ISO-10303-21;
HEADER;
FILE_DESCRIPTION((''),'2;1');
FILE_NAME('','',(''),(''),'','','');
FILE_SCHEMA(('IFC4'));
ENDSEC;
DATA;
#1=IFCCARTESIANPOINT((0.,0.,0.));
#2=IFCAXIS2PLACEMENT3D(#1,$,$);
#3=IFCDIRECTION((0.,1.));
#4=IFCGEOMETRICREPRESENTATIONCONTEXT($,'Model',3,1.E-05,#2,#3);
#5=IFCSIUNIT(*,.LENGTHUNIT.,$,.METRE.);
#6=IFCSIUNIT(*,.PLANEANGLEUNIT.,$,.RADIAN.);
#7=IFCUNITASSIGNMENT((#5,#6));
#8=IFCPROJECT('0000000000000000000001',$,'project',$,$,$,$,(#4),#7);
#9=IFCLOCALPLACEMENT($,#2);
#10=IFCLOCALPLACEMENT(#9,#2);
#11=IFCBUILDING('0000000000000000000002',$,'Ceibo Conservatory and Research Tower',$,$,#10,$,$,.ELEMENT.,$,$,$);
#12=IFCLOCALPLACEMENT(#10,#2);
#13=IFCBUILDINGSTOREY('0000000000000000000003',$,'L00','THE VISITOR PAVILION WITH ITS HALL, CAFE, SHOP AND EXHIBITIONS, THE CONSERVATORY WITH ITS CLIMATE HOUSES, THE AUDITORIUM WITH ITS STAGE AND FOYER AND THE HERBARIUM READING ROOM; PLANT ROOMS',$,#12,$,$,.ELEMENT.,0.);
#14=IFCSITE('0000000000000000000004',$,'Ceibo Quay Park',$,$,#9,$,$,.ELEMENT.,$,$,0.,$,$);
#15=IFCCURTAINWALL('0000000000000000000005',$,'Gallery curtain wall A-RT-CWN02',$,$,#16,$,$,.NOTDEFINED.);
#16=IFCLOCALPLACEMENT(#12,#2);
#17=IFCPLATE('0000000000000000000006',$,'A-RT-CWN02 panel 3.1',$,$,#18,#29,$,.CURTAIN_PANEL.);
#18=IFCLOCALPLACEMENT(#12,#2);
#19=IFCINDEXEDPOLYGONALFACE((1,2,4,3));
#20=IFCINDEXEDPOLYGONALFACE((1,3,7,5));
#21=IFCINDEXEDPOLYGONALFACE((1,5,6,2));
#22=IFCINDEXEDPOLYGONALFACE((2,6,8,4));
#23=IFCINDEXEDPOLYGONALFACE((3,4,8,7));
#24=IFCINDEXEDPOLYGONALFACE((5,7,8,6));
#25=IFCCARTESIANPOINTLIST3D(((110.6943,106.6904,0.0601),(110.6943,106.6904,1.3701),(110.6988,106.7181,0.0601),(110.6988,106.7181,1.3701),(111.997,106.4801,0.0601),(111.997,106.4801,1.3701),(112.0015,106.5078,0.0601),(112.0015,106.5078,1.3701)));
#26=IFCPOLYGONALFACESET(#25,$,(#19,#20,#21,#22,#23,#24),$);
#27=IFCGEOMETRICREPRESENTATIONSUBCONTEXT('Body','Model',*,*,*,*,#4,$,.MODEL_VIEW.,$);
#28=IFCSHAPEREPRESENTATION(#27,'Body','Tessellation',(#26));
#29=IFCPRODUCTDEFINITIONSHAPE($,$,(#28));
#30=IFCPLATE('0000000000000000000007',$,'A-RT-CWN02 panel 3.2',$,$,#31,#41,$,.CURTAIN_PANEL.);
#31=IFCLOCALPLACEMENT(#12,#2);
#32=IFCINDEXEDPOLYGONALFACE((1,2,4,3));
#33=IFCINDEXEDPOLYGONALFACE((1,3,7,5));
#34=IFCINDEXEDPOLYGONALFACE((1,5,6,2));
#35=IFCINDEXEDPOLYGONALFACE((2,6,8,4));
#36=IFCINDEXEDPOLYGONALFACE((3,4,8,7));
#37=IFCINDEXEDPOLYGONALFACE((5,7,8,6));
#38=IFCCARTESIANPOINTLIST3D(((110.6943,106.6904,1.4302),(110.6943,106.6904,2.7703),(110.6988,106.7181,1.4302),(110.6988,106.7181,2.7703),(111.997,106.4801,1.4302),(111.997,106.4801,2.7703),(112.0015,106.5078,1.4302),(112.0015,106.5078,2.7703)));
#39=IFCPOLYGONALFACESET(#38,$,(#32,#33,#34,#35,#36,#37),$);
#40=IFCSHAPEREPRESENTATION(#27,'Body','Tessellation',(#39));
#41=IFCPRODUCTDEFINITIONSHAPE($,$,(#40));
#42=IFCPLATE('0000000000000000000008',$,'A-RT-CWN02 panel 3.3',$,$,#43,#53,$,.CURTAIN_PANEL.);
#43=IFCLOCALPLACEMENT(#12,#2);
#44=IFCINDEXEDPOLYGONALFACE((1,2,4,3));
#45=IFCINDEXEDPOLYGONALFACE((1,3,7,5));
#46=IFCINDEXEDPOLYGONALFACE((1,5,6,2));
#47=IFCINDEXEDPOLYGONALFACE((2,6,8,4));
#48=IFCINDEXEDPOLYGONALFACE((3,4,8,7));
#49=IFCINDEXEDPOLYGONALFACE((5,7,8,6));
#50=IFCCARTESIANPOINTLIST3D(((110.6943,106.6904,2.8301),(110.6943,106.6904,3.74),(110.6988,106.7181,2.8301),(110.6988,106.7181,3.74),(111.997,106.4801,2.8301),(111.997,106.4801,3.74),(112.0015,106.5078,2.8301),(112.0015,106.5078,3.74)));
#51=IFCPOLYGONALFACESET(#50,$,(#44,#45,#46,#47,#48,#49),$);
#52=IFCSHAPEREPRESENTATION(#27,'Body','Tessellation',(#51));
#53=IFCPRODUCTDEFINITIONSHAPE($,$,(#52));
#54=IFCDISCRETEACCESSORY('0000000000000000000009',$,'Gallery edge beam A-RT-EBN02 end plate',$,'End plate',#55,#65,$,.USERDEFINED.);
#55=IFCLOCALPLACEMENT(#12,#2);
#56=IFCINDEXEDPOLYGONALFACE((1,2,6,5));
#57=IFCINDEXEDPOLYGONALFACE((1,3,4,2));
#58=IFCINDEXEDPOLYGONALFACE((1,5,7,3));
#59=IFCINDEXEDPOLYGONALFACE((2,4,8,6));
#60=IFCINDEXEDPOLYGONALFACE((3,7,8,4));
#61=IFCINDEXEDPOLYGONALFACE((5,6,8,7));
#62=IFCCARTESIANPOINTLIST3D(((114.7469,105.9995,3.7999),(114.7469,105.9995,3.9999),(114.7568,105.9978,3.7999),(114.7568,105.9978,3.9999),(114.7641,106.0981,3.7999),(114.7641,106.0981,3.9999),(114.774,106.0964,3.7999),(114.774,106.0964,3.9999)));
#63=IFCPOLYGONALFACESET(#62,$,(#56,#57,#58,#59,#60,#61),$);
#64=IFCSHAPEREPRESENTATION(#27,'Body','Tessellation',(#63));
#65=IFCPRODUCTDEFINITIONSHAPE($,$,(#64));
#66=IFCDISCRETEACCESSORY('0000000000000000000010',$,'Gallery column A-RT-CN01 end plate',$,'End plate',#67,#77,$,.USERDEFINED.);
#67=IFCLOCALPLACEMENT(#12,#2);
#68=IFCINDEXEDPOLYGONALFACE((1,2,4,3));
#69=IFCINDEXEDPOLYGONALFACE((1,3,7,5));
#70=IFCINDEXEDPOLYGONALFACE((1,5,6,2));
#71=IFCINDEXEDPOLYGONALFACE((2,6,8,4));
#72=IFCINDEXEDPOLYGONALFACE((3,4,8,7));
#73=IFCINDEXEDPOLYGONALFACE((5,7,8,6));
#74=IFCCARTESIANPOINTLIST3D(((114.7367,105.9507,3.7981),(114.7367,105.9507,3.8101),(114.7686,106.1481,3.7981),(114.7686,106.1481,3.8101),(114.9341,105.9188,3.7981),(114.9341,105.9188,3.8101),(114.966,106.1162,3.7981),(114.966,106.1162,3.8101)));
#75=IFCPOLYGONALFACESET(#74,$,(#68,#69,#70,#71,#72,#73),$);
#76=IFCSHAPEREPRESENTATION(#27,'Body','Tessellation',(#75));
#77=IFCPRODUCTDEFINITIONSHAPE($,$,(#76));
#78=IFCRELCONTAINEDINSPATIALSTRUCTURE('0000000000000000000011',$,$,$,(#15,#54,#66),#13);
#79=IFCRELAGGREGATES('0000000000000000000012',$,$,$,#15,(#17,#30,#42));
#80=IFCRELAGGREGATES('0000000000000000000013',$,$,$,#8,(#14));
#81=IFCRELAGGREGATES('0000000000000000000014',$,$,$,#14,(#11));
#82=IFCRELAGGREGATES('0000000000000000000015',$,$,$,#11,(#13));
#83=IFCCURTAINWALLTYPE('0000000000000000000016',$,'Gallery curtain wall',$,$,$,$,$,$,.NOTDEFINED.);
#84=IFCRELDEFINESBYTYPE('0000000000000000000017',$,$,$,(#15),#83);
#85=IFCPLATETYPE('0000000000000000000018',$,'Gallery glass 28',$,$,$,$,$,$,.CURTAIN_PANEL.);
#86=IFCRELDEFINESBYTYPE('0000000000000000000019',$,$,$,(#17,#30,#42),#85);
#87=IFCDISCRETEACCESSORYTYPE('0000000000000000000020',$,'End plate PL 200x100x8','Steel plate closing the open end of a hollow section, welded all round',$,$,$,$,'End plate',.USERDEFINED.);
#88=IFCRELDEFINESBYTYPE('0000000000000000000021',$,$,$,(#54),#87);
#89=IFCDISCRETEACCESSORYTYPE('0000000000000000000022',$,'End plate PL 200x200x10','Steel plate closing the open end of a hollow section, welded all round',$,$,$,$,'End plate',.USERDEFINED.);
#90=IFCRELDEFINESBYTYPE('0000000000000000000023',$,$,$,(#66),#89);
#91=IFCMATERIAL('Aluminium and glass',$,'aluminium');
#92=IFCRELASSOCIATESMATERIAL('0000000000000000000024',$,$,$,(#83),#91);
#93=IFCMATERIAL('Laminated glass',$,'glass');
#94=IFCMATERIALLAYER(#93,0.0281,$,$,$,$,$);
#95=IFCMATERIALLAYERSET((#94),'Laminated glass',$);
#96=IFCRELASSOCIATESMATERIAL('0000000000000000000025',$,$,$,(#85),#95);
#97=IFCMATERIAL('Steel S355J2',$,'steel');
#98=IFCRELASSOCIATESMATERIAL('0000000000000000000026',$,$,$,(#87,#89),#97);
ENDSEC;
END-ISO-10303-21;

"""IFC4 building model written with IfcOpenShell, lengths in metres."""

from ifc_helpers import new_model, si_unit, direction, frame, origin, origin_2d, place, context, subcontext, project, spatial, rectangle, extrude, material, layer, layer_set, material_profile, profile_set, type_object, element, aggregate, save


model = new_model("IFC4")

# Units and contexts
model_context = context("Model", 3, precision=1e-05, world=origin(), true_north=direction((0.0, 1.0)))
body_context = subcontext(model_context, "Body", "Model", "MODEL_VIEW")
ifc_project = project(units=[si_unit("LENGTHUNIT", "METRE"), si_unit("PLANEANGLEUNIT", "RADIAN")], contexts=[model_context])

# Site, building, storey
site_placement = place(None, origin())
site = spatial("IfcSite", under=ifc_project, at=site_placement, Name="Ceibo Quay Park", CompositionType="ELEMENT", RefElevation=0.0)
building_placement = place(site_placement, origin())
building = spatial("IfcBuilding", under=site, at=building_placement, Name="Ceibo Conservatory and Research Tower", CompositionType="ELEMENT")
storey_placement = place(building_placement, origin())
storey = spatial("IfcBuildingStorey", under=building, at=storey_placement, Name="L00", Description="THE VISITOR PAVILION WITH ITS HALL, CAFE, SHOP AND EXHIBITIONS, THE CONSERVATORY WITH ITS CLIMATE HOUSES, THE AUDITORIUM WITH ITS STAGE AND FOYER AND THE HERBARIUM READING ROOM; PLANT ROOMS", CompositionType="ELEMENT", Elevation=0.0)

# Curtain wall
ifc_material_1 = material(Name="Aluminium and glass", Category="aluminium")
curtain_wall_type = type_object("IfcCurtainWallType", Name="Gallery curtain wall", PredefinedType="NOTDEFINED", material=ifc_material_1)
curtain_wall_placement = place(storey_placement, origin())
curtain_wall = element("IfcCurtainWall", 1, at=curtain_wall_placement, inside=storey, type_object=curtain_wall_type, Name="Gallery curtain wall A-RT-CWN02", PredefinedType="NOTDEFINED")

# Shared definitions
ifc_material_2 = material(Name="Steel S355J2", Category="steel")

# Plates
ifc_material_3 = material(Name="Laminated glass", Category="glass")
ifc_layer_1 = layer(ifc_material_3, 0.0281)
ifc_layer_set_1 = layer_set([ifc_layer_1], Name="Laminated glass")
plate_type = type_object("IfcPlateType", Name="Gallery glass 28", PredefinedType="CURTAIN_PANEL", material=ifc_layer_set_1)
plate_1_placement = place(storey_placement, frame((111.3479, 106.5991, 0.0601), z_axis=(0.0, 0.0, 1.0), x_axis=(-0.987216, 0.159391, 0.0)))
plate_1 = element("IfcPlate", 2, at=plate_1_placement, type_object=plate_type, Name="A-RT-CWN02 panel 3.1", PredefinedType="CURTAIN_PANEL", context=body_context, shape_type="SweptSolid", body=[
    extrude(rectangle(XDim=1.3196, YDim=0.0281, at=origin_2d()), origin(), (0.0, 0.0, 1.0), 1.3101),
])
plate_2_placement = place(storey_placement, frame((111.3479, 106.5991, 1.4302), z_axis=(0.0, 0.0, 1.0), x_axis=(-0.987216, 0.159391, 0.0)))
plate_2 = element("IfcPlate", 3, at=plate_2_placement, type_object=plate_type, Name="A-RT-CWN02 panel 3.2", PredefinedType="CURTAIN_PANEL", context=body_context, shape_type="SweptSolid", body=[
    extrude(rectangle(XDim=1.3196, YDim=0.0281, at=origin_2d()), origin(), (0.0, 0.0, 1.0), 1.3401),
])
plate_3_placement = place(storey_placement, frame((111.3479, 106.5991, 2.8301), z_axis=(0.0, 0.0, 1.0), x_axis=(-0.987216, 0.159391, 0.0)))
plate_3 = element("IfcPlate", 4, at=plate_3_placement, type_object=plate_type, Name="A-RT-CWN02 panel 3.3", PredefinedType="CURTAIN_PANEL", context=body_context, shape_type="SweptSolid", body=[
    extrude(rectangle(XDim=1.3196, YDim=0.0281, at=origin_2d()), origin(), (0.0, 0.0, 1.0), 0.9099),
])
aggregate(curtain_wall, [plate_1, plate_2, plate_3])

# Discrete accessories
ifc_material_profile_1 = material_profile(ifc_material_2, rectangle(XDim=0.1001, YDim=0.2, at=origin_2d()), Name="End plate PL 200x100x8")
ifc_profile_set_1 = profile_set([ifc_material_profile_1], Name="Steel S355J2")
discrete_accessory_type_1 = type_object("IfcDiscreteAccessoryType", Name="End plate PL 200x100x8", Description="Steel plate closing the open end of a hollow section, welded all round", ElementType="End plate", PredefinedType="USERDEFINED", material=ifc_profile_set_1)
discrete_accessory_1_placement = place(storey_placement, frame((114.7654, 106.0471, 3.8999), z_axis=(-0.98503, 0.17238, 0.0), x_axis=(-0.17238, -0.98503, 0.0)))
element("IfcDiscreteAccessory", 5, at=discrete_accessory_1_placement, inside=storey, type_object=discrete_accessory_type_1, Name="Gallery edge beam A-RT-EBN02 end plate", ObjectType="End plate", PredefinedType="USERDEFINED", context=body_context, shape_type="SweptSolid", body=[
    extrude(rectangle(XDim=0.1001, YDim=0.2, at=origin_2d()), origin(), (0.0, 0.0, 1.0), 0.01),
])
ifc_material_profile_2 = material_profile(ifc_material_2, rectangle(XDim=0.2, YDim=0.2, at=origin_2d()), Name="End plate PL 200x200x10")
ifc_profile_set_2 = profile_set([ifc_material_profile_2], Name="Steel S355J2")
discrete_accessory_type_2 = type_object("IfcDiscreteAccessoryType", Name="End plate PL 200x200x10", Description="Steel plate closing the open end of a hollow section, welded all round", ElementType="End plate", PredefinedType="USERDEFINED", material=ifc_profile_set_2)
discrete_accessory_2_placement = place(storey_placement, frame((114.8513, 106.0334, 3.7981), z_axis=(0.0, 0.0, 1.0), x_axis=(-0.987216, 0.159391, 0.0)))
element("IfcDiscreteAccessory", 6, at=discrete_accessory_2_placement, inside=storey, type_object=discrete_accessory_type_2, Name="Gallery column A-RT-CN01 end plate", ObjectType="End plate", PredefinedType="USERDEFINED", context=body_context, shape_type="SweptSolid", body=[
    extrude(rectangle(XDim=0.2, YDim=0.2, at=origin_2d()), origin(), (0.0, 0.0, 1.0), 0.012),
])

save(model, "model.ifc")
